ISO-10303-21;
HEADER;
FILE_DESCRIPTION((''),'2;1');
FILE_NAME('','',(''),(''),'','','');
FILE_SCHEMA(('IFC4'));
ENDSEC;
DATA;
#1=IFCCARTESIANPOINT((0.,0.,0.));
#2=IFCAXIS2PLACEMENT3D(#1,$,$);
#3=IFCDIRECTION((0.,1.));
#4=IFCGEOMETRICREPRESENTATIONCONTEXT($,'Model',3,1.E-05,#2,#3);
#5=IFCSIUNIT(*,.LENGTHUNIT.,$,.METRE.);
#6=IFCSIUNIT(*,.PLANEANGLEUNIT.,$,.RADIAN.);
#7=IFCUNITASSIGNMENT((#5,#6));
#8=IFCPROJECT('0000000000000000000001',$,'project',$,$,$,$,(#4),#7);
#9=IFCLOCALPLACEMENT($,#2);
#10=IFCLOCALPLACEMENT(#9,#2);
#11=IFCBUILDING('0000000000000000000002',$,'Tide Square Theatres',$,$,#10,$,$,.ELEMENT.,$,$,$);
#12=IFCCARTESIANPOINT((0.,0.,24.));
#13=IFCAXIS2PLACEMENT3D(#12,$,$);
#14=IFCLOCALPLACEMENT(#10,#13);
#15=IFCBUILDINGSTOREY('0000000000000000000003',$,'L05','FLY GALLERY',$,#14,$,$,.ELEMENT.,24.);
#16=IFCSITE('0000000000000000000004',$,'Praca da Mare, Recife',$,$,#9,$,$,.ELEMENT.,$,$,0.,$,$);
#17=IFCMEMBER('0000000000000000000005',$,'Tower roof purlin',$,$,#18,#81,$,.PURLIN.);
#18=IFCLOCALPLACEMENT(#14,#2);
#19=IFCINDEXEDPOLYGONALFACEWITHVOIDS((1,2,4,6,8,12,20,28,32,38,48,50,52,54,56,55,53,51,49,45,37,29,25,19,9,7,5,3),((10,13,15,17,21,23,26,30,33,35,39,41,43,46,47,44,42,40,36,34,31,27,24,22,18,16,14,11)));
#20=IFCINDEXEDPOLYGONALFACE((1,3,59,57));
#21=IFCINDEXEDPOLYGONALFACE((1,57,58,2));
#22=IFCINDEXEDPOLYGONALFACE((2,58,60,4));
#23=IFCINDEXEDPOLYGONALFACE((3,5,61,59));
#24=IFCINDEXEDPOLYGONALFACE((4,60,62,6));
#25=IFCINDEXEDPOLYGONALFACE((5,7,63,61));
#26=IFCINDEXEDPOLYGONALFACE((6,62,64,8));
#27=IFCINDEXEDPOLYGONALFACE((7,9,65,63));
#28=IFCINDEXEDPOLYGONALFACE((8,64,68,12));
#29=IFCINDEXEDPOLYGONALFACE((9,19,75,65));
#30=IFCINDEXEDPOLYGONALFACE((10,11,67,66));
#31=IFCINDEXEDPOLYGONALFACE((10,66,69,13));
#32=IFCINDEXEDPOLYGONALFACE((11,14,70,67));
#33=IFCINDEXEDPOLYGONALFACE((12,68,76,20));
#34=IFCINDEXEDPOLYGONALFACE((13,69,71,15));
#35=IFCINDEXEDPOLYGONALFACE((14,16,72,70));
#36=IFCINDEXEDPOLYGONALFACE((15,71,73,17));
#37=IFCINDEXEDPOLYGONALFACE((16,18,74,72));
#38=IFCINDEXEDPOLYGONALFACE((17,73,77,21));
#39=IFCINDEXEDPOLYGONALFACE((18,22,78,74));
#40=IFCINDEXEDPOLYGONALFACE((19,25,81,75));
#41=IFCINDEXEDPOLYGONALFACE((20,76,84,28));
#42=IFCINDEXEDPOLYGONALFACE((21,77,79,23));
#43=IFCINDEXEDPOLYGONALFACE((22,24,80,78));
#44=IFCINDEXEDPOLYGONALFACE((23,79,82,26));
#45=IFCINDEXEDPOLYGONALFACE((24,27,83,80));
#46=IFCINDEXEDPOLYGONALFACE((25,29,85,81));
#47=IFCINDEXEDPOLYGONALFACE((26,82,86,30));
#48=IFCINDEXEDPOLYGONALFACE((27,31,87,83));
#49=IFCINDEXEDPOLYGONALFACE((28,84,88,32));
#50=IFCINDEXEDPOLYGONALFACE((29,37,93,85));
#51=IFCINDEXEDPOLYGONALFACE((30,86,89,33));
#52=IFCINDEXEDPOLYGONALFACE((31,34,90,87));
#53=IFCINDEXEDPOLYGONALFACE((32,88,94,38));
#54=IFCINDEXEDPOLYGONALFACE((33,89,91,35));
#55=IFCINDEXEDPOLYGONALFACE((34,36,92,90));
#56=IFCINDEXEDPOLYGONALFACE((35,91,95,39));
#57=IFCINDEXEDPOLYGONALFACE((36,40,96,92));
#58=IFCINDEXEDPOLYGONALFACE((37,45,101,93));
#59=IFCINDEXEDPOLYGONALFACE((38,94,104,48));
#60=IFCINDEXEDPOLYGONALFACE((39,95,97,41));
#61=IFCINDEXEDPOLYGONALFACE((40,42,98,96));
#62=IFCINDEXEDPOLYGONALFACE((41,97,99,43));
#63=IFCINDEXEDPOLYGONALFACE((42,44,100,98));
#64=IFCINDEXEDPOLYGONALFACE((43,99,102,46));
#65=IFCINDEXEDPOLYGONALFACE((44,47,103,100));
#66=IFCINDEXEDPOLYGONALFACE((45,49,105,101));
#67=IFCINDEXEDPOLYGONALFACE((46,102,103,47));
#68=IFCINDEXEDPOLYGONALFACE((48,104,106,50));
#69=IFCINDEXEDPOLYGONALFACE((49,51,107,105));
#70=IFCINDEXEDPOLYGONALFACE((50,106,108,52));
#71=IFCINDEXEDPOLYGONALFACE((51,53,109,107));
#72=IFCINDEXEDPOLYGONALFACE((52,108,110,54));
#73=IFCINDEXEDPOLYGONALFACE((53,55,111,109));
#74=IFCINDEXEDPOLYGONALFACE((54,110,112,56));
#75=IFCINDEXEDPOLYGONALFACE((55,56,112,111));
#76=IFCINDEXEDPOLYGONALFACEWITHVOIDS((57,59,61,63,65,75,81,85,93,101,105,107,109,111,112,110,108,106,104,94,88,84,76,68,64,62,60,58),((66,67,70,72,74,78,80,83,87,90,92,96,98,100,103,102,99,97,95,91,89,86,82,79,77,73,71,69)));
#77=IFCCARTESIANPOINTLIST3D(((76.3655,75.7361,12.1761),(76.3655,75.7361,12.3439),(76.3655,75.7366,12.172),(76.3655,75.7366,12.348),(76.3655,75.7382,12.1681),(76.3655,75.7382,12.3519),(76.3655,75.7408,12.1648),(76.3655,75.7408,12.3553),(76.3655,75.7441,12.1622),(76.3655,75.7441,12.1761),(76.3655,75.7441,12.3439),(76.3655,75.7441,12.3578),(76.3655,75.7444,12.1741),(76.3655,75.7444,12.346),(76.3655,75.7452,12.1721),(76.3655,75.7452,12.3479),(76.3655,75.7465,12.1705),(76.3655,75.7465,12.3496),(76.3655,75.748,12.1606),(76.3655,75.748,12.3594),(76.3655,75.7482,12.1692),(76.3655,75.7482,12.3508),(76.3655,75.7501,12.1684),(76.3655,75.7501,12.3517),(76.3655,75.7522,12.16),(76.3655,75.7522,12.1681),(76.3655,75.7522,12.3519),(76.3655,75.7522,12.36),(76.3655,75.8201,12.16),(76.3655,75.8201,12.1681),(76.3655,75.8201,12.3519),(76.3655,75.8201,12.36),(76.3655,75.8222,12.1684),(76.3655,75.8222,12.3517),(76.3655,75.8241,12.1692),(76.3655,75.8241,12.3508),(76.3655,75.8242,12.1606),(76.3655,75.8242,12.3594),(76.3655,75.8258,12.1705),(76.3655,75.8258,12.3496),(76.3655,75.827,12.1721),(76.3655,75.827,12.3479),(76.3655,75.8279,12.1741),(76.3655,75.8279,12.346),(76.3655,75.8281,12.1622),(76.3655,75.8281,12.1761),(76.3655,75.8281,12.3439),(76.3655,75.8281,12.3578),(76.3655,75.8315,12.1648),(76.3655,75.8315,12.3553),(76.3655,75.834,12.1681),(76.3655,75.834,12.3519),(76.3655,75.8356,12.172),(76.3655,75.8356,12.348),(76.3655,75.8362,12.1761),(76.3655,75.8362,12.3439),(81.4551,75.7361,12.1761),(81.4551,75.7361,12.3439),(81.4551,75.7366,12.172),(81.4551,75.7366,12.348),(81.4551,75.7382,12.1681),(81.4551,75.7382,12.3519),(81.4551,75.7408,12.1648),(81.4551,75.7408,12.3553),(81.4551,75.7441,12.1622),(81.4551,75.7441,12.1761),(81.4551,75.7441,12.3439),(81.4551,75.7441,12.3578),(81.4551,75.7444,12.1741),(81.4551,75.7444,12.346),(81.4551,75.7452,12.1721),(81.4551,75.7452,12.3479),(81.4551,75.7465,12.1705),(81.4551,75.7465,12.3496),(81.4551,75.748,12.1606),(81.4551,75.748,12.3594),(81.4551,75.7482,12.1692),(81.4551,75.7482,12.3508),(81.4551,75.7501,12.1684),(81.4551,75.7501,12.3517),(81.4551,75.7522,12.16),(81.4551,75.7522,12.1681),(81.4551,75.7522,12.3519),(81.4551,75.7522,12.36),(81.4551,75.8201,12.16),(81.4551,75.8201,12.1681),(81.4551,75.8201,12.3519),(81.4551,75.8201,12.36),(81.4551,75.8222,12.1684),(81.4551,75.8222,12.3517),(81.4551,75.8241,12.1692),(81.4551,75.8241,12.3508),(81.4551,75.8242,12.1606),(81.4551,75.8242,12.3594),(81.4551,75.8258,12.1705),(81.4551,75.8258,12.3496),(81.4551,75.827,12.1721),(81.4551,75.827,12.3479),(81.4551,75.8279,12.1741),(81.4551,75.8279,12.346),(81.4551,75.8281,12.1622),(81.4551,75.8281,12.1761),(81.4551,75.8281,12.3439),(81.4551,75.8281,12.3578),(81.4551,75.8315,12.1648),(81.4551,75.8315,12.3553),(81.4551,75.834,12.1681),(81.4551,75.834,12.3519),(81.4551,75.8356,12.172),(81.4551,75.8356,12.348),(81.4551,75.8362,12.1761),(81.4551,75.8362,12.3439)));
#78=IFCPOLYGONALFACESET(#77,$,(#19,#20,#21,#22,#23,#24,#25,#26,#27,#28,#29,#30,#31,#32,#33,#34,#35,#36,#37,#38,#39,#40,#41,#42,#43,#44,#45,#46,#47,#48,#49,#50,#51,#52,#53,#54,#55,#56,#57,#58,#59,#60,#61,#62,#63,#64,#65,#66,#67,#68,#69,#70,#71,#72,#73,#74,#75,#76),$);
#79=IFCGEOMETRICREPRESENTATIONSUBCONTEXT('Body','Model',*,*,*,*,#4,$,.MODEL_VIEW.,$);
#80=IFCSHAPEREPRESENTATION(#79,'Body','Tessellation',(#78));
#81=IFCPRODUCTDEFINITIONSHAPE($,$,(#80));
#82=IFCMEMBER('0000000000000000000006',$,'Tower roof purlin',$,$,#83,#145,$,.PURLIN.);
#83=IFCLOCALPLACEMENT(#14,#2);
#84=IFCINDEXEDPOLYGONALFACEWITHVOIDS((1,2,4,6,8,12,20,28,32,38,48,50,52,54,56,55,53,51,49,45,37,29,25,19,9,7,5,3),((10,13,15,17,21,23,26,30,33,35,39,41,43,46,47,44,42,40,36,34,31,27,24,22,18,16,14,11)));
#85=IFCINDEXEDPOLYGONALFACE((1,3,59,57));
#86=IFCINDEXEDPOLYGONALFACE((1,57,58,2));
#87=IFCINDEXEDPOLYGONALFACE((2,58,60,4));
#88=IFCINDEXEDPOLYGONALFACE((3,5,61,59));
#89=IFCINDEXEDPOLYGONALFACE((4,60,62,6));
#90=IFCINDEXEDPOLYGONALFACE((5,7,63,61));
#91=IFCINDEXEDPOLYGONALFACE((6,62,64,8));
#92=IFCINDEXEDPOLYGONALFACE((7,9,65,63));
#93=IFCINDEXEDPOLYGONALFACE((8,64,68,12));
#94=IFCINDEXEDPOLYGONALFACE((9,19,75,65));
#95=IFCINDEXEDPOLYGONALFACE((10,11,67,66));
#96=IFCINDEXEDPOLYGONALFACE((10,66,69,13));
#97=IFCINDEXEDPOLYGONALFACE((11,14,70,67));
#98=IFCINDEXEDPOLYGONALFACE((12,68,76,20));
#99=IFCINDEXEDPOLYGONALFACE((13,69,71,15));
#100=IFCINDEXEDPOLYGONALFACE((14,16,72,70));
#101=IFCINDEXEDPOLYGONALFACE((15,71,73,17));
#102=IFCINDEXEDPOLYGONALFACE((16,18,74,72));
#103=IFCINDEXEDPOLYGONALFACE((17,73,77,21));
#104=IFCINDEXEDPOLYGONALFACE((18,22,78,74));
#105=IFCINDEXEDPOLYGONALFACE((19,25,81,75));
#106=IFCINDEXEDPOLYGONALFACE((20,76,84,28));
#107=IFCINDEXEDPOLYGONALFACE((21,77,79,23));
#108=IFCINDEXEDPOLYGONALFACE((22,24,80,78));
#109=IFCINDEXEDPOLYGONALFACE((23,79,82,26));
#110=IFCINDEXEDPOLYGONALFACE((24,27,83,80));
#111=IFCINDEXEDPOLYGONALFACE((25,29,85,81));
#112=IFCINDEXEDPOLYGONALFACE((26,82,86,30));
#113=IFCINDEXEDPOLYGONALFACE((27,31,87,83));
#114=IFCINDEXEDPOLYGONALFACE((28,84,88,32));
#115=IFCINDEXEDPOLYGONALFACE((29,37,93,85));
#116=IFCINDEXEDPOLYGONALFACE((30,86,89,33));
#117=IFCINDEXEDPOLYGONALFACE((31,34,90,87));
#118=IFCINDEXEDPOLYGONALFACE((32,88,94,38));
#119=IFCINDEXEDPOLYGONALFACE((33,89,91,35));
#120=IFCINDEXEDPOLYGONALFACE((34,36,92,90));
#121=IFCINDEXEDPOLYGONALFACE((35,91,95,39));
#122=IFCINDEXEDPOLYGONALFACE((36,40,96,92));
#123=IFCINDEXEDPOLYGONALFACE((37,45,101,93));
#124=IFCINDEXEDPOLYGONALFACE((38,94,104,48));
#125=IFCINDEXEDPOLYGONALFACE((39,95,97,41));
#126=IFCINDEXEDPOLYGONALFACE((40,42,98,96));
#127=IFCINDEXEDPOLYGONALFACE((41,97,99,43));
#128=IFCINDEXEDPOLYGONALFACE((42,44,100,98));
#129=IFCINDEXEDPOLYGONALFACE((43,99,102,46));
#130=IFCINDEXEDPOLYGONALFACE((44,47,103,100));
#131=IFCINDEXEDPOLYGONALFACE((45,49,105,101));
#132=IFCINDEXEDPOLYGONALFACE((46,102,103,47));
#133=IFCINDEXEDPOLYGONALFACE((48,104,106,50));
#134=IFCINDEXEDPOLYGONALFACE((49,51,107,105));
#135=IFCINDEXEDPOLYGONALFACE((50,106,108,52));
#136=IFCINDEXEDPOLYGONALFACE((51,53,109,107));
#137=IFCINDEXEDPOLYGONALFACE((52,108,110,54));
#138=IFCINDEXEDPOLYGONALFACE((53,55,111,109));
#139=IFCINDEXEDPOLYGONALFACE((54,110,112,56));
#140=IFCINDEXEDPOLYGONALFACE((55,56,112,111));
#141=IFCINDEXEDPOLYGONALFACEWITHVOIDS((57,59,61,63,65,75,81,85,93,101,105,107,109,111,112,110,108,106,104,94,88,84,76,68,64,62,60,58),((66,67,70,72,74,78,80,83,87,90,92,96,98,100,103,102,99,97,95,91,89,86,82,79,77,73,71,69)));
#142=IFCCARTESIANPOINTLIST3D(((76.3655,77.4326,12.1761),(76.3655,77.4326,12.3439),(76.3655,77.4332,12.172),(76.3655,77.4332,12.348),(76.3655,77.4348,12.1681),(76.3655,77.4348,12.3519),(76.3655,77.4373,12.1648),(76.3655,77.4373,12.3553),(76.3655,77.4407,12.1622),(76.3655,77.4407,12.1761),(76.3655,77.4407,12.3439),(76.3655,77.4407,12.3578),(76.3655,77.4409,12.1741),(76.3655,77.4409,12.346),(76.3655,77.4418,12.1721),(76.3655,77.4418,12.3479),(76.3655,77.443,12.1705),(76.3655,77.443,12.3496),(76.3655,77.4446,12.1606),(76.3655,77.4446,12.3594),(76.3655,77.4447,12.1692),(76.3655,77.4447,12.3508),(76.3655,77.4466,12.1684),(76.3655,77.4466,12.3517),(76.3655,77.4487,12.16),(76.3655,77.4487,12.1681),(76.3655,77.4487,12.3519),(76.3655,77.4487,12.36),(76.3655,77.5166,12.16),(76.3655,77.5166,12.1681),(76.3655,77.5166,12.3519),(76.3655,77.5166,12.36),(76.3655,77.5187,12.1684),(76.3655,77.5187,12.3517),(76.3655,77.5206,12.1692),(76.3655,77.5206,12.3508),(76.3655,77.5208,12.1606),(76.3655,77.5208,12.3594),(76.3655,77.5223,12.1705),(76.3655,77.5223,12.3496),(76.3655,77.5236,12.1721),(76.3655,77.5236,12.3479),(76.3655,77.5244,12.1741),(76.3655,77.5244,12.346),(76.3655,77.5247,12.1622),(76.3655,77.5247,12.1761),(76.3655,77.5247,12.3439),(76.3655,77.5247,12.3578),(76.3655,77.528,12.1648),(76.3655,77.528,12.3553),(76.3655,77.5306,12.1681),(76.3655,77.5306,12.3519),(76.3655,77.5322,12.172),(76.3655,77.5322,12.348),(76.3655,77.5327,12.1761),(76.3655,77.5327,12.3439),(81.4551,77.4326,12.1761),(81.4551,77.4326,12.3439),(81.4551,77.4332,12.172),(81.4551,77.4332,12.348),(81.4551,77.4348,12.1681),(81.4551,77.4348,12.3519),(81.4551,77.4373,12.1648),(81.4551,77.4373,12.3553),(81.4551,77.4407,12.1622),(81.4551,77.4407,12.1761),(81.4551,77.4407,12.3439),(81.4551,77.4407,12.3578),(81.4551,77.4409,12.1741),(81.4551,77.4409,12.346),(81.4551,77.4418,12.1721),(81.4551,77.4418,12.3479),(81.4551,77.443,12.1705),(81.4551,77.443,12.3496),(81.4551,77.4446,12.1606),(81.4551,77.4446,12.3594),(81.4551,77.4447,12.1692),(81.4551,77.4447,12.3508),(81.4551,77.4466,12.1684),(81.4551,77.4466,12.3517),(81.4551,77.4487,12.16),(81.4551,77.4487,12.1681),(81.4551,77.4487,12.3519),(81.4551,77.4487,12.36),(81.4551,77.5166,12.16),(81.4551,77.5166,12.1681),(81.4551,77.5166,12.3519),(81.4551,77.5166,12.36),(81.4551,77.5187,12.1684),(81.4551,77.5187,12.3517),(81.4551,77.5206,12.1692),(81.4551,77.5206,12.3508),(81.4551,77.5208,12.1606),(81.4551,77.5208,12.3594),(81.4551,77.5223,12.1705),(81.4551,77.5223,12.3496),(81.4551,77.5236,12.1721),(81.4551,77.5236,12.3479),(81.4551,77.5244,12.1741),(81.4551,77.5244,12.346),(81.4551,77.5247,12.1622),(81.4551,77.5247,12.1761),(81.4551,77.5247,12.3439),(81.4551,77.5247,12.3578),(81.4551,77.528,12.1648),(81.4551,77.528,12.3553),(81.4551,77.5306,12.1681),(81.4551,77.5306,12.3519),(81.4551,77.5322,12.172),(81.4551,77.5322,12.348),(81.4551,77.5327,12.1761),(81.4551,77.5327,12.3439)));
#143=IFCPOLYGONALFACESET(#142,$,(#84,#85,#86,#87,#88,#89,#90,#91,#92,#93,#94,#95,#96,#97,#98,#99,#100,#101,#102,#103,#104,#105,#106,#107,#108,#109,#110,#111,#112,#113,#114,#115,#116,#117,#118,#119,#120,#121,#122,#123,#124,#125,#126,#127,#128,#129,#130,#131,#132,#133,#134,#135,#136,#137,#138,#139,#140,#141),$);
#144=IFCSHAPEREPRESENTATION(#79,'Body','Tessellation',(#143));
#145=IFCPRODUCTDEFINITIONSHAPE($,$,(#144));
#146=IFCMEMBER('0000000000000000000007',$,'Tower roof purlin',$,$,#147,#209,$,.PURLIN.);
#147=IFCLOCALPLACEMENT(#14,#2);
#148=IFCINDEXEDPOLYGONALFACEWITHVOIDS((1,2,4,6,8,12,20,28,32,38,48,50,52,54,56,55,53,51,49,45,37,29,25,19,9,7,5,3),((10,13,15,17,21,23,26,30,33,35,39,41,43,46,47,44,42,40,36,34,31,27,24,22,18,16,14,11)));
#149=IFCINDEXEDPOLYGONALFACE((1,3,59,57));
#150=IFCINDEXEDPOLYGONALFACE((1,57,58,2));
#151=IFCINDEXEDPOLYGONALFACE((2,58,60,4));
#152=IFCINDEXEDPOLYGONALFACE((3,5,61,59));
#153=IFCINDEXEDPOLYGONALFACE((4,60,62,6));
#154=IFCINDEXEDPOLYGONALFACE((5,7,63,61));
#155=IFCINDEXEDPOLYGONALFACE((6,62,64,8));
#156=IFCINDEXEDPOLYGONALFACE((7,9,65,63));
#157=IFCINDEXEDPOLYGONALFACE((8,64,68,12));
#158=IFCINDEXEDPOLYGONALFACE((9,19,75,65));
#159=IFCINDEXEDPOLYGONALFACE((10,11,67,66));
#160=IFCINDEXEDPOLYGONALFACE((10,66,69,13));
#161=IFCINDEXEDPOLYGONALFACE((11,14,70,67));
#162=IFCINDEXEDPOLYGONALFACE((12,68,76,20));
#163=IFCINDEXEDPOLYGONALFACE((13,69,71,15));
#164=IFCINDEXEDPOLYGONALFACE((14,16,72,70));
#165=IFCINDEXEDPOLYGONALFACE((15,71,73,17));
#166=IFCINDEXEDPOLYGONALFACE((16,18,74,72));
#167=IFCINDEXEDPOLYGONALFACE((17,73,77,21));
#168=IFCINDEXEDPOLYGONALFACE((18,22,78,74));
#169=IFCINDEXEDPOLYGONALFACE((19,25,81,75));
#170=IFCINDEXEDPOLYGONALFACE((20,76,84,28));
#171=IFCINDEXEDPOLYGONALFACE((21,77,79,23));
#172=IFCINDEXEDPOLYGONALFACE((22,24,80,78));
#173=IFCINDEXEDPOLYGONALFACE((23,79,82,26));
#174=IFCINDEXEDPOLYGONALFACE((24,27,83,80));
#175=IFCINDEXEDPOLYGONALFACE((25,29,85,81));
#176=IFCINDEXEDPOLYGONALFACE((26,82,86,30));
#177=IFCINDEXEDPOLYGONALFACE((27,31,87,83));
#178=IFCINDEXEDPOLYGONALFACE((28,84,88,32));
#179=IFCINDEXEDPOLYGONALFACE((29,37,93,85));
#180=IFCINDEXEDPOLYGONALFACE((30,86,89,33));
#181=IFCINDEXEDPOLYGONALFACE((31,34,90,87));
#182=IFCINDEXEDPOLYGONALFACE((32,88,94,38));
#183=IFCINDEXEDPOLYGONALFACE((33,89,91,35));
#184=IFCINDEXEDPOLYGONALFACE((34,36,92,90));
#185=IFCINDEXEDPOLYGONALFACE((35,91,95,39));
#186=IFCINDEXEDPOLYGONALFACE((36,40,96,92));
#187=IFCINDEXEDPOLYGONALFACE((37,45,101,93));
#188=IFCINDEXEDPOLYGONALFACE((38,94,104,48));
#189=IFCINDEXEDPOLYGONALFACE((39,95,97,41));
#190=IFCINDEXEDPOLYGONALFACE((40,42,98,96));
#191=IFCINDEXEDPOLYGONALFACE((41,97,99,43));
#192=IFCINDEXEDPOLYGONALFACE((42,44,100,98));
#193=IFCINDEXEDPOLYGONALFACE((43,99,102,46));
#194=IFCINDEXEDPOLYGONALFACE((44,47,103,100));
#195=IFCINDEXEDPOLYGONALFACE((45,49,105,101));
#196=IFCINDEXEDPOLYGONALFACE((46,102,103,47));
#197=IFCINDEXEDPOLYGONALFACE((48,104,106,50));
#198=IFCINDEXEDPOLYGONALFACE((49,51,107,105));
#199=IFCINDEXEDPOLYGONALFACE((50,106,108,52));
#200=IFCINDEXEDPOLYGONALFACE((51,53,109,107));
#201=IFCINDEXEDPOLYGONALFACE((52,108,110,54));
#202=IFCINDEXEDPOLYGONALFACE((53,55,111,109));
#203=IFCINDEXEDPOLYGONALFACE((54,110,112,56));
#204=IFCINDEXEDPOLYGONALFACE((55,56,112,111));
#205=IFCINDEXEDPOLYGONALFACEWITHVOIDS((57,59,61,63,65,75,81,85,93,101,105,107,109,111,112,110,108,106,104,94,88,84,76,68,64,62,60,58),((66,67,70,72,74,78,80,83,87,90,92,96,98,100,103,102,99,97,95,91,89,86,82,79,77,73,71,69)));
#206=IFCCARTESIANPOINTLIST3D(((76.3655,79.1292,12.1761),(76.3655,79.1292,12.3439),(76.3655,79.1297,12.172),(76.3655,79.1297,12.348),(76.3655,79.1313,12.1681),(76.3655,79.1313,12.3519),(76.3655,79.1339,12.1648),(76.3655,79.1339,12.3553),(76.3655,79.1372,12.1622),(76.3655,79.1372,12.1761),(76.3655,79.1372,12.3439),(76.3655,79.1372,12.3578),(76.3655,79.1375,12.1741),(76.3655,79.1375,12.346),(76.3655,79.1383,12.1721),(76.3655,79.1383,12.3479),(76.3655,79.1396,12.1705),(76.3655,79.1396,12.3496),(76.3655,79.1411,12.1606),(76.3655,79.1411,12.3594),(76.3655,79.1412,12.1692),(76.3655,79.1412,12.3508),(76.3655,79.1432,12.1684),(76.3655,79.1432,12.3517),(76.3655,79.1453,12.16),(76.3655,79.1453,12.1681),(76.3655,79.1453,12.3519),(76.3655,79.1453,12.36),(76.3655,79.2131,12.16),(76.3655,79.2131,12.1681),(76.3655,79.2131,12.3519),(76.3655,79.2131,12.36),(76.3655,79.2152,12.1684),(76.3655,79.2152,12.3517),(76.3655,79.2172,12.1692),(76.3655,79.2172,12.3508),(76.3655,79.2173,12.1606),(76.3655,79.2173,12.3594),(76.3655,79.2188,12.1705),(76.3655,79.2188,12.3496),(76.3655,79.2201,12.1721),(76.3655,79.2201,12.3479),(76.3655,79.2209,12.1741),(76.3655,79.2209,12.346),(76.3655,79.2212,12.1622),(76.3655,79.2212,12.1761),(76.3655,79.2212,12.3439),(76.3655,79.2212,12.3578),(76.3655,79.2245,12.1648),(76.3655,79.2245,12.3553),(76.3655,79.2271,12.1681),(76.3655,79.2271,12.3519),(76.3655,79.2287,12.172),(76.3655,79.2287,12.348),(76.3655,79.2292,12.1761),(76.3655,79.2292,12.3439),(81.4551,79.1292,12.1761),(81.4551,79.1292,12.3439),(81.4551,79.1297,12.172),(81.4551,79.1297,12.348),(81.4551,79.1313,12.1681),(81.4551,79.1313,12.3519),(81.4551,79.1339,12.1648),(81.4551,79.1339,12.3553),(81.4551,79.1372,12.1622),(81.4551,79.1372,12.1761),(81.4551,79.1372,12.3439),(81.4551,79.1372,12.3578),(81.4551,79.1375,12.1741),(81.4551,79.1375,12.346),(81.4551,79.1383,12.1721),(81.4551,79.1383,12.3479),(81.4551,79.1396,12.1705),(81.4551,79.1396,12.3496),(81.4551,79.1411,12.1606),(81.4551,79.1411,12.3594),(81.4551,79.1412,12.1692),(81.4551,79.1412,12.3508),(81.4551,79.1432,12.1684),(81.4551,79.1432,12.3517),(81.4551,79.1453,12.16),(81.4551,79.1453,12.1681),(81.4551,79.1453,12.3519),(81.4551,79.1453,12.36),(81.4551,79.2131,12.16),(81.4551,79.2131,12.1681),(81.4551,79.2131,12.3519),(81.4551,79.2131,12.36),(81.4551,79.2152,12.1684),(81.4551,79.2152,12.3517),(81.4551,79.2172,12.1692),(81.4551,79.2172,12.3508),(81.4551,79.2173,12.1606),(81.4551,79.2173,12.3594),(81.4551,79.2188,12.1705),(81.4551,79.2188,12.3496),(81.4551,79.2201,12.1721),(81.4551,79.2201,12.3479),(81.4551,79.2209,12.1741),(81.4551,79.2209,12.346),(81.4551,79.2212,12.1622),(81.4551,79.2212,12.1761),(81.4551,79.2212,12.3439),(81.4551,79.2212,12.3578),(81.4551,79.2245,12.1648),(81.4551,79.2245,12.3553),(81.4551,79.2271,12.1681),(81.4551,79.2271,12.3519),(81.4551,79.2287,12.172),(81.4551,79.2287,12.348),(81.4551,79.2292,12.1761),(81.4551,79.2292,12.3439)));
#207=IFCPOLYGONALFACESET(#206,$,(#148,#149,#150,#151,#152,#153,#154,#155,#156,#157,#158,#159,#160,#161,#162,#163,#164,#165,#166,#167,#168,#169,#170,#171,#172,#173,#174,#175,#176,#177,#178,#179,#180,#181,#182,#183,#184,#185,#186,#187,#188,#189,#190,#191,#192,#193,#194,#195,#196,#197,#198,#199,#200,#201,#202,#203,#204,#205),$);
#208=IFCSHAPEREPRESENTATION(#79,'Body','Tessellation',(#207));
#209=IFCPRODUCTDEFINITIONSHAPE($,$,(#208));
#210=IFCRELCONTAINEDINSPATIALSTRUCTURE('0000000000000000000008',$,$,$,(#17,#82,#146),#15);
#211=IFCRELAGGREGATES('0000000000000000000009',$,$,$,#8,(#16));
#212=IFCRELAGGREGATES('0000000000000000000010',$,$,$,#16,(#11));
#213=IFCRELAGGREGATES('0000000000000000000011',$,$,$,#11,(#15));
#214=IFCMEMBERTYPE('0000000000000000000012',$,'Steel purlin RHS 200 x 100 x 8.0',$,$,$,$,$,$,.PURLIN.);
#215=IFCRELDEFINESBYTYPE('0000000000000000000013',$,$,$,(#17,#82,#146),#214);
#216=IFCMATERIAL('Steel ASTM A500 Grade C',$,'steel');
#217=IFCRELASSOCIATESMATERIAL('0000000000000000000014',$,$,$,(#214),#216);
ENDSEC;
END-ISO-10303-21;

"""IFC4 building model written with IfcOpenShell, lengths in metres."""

from ifc_helpers import new_model, si_unit, direction, frame, origin, origin_2d, place, context, subcontext, project, spatial, hollow_rectangle, extrude, material, material_profile, profile_set, type_object, element, save


model = new_model("IFC4")

# Units and contexts
model_context = context("Model", 3, precision=1e-05, world=origin(), true_north=direction((0.0, 1.0)))
body_context = subcontext(model_context, "Body", "Model", "MODEL_VIEW")
ifc_project = project(units=[si_unit("LENGTHUNIT", "METRE"), si_unit("PLANEANGLEUNIT", "RADIAN")], contexts=[model_context])

# Site, building, storey
site_placement = place(None, origin())
site = spatial("IfcSite", under=ifc_project, at=site_placement, Name="Praca da Mare, Recife", CompositionType="ELEMENT", RefElevation=0.0)
building_placement = place(site_placement, origin())
building = spatial("IfcBuilding", under=site, at=building_placement, Name="Tide Square Theatres", CompositionType="ELEMENT")
storey_placement = place(building_placement, frame((0.0, 0.0, 24.0)))
storey = spatial("IfcBuildingStorey", under=building, at=storey_placement, Name="L05", Description="FLY GALLERY", CompositionType="ELEMENT", Elevation=24.0)

# Members
ifc_material_1 = material(Name="Steel ASTM A500 Grade C", Category="steel")
ifc_material_profile_1 = material_profile(ifc_material_1, hollow_rectangle(XDim=0.1001, YDim=0.2, WallThickness=0.0081, InnerFilletRadius=0.0081, OuterFilletRadius=0.0161, at=origin_2d()))
ifc_profile_set_1 = profile_set([ifc_material_profile_1], Name="Steel ASTM A500 Grade C")
member_type = type_object("IfcMemberType", Name="Steel purlin RHS 200 x 100 x 8.0", PredefinedType="PURLIN", material=ifc_profile_set_1)
for number, where, z_axis, x_axis, name in (
    (1, (76.3655, 75.7861, 12.26), (1.0, 0.0, 0.0), (0.0, 1.0, 0.0), "Tower roof purlin"),
    (2, (76.3655, 77.4827, 12.26), (1.0, 0.0, 0.0), (0.0, 1.0, 0.0), "Tower roof purlin"),
    (3, (76.3655, 79.1792, 12.26), (1.0, 0.0, 0.0), (0.0, 1.0, 0.0), "Tower roof purlin"),
):
    element("IfcMember", number, at=place(storey_placement, frame(where, z_axis=z_axis, x_axis=x_axis)), inside=storey, type_object=member_type, Name=name, PredefinedType="PURLIN", context=body_context, shape_type="SweptSolid", body=[
        extrude(hollow_rectangle(XDim=0.1001, YDim=0.2, WallThickness=0.0081, InnerFilletRadius=0.0081, OuterFilletRadius=0.0161, at=origin_2d()), origin(), (0.0, 0.0, 1.0), 5.0896),
    ])

save(model, "model.ifc")
